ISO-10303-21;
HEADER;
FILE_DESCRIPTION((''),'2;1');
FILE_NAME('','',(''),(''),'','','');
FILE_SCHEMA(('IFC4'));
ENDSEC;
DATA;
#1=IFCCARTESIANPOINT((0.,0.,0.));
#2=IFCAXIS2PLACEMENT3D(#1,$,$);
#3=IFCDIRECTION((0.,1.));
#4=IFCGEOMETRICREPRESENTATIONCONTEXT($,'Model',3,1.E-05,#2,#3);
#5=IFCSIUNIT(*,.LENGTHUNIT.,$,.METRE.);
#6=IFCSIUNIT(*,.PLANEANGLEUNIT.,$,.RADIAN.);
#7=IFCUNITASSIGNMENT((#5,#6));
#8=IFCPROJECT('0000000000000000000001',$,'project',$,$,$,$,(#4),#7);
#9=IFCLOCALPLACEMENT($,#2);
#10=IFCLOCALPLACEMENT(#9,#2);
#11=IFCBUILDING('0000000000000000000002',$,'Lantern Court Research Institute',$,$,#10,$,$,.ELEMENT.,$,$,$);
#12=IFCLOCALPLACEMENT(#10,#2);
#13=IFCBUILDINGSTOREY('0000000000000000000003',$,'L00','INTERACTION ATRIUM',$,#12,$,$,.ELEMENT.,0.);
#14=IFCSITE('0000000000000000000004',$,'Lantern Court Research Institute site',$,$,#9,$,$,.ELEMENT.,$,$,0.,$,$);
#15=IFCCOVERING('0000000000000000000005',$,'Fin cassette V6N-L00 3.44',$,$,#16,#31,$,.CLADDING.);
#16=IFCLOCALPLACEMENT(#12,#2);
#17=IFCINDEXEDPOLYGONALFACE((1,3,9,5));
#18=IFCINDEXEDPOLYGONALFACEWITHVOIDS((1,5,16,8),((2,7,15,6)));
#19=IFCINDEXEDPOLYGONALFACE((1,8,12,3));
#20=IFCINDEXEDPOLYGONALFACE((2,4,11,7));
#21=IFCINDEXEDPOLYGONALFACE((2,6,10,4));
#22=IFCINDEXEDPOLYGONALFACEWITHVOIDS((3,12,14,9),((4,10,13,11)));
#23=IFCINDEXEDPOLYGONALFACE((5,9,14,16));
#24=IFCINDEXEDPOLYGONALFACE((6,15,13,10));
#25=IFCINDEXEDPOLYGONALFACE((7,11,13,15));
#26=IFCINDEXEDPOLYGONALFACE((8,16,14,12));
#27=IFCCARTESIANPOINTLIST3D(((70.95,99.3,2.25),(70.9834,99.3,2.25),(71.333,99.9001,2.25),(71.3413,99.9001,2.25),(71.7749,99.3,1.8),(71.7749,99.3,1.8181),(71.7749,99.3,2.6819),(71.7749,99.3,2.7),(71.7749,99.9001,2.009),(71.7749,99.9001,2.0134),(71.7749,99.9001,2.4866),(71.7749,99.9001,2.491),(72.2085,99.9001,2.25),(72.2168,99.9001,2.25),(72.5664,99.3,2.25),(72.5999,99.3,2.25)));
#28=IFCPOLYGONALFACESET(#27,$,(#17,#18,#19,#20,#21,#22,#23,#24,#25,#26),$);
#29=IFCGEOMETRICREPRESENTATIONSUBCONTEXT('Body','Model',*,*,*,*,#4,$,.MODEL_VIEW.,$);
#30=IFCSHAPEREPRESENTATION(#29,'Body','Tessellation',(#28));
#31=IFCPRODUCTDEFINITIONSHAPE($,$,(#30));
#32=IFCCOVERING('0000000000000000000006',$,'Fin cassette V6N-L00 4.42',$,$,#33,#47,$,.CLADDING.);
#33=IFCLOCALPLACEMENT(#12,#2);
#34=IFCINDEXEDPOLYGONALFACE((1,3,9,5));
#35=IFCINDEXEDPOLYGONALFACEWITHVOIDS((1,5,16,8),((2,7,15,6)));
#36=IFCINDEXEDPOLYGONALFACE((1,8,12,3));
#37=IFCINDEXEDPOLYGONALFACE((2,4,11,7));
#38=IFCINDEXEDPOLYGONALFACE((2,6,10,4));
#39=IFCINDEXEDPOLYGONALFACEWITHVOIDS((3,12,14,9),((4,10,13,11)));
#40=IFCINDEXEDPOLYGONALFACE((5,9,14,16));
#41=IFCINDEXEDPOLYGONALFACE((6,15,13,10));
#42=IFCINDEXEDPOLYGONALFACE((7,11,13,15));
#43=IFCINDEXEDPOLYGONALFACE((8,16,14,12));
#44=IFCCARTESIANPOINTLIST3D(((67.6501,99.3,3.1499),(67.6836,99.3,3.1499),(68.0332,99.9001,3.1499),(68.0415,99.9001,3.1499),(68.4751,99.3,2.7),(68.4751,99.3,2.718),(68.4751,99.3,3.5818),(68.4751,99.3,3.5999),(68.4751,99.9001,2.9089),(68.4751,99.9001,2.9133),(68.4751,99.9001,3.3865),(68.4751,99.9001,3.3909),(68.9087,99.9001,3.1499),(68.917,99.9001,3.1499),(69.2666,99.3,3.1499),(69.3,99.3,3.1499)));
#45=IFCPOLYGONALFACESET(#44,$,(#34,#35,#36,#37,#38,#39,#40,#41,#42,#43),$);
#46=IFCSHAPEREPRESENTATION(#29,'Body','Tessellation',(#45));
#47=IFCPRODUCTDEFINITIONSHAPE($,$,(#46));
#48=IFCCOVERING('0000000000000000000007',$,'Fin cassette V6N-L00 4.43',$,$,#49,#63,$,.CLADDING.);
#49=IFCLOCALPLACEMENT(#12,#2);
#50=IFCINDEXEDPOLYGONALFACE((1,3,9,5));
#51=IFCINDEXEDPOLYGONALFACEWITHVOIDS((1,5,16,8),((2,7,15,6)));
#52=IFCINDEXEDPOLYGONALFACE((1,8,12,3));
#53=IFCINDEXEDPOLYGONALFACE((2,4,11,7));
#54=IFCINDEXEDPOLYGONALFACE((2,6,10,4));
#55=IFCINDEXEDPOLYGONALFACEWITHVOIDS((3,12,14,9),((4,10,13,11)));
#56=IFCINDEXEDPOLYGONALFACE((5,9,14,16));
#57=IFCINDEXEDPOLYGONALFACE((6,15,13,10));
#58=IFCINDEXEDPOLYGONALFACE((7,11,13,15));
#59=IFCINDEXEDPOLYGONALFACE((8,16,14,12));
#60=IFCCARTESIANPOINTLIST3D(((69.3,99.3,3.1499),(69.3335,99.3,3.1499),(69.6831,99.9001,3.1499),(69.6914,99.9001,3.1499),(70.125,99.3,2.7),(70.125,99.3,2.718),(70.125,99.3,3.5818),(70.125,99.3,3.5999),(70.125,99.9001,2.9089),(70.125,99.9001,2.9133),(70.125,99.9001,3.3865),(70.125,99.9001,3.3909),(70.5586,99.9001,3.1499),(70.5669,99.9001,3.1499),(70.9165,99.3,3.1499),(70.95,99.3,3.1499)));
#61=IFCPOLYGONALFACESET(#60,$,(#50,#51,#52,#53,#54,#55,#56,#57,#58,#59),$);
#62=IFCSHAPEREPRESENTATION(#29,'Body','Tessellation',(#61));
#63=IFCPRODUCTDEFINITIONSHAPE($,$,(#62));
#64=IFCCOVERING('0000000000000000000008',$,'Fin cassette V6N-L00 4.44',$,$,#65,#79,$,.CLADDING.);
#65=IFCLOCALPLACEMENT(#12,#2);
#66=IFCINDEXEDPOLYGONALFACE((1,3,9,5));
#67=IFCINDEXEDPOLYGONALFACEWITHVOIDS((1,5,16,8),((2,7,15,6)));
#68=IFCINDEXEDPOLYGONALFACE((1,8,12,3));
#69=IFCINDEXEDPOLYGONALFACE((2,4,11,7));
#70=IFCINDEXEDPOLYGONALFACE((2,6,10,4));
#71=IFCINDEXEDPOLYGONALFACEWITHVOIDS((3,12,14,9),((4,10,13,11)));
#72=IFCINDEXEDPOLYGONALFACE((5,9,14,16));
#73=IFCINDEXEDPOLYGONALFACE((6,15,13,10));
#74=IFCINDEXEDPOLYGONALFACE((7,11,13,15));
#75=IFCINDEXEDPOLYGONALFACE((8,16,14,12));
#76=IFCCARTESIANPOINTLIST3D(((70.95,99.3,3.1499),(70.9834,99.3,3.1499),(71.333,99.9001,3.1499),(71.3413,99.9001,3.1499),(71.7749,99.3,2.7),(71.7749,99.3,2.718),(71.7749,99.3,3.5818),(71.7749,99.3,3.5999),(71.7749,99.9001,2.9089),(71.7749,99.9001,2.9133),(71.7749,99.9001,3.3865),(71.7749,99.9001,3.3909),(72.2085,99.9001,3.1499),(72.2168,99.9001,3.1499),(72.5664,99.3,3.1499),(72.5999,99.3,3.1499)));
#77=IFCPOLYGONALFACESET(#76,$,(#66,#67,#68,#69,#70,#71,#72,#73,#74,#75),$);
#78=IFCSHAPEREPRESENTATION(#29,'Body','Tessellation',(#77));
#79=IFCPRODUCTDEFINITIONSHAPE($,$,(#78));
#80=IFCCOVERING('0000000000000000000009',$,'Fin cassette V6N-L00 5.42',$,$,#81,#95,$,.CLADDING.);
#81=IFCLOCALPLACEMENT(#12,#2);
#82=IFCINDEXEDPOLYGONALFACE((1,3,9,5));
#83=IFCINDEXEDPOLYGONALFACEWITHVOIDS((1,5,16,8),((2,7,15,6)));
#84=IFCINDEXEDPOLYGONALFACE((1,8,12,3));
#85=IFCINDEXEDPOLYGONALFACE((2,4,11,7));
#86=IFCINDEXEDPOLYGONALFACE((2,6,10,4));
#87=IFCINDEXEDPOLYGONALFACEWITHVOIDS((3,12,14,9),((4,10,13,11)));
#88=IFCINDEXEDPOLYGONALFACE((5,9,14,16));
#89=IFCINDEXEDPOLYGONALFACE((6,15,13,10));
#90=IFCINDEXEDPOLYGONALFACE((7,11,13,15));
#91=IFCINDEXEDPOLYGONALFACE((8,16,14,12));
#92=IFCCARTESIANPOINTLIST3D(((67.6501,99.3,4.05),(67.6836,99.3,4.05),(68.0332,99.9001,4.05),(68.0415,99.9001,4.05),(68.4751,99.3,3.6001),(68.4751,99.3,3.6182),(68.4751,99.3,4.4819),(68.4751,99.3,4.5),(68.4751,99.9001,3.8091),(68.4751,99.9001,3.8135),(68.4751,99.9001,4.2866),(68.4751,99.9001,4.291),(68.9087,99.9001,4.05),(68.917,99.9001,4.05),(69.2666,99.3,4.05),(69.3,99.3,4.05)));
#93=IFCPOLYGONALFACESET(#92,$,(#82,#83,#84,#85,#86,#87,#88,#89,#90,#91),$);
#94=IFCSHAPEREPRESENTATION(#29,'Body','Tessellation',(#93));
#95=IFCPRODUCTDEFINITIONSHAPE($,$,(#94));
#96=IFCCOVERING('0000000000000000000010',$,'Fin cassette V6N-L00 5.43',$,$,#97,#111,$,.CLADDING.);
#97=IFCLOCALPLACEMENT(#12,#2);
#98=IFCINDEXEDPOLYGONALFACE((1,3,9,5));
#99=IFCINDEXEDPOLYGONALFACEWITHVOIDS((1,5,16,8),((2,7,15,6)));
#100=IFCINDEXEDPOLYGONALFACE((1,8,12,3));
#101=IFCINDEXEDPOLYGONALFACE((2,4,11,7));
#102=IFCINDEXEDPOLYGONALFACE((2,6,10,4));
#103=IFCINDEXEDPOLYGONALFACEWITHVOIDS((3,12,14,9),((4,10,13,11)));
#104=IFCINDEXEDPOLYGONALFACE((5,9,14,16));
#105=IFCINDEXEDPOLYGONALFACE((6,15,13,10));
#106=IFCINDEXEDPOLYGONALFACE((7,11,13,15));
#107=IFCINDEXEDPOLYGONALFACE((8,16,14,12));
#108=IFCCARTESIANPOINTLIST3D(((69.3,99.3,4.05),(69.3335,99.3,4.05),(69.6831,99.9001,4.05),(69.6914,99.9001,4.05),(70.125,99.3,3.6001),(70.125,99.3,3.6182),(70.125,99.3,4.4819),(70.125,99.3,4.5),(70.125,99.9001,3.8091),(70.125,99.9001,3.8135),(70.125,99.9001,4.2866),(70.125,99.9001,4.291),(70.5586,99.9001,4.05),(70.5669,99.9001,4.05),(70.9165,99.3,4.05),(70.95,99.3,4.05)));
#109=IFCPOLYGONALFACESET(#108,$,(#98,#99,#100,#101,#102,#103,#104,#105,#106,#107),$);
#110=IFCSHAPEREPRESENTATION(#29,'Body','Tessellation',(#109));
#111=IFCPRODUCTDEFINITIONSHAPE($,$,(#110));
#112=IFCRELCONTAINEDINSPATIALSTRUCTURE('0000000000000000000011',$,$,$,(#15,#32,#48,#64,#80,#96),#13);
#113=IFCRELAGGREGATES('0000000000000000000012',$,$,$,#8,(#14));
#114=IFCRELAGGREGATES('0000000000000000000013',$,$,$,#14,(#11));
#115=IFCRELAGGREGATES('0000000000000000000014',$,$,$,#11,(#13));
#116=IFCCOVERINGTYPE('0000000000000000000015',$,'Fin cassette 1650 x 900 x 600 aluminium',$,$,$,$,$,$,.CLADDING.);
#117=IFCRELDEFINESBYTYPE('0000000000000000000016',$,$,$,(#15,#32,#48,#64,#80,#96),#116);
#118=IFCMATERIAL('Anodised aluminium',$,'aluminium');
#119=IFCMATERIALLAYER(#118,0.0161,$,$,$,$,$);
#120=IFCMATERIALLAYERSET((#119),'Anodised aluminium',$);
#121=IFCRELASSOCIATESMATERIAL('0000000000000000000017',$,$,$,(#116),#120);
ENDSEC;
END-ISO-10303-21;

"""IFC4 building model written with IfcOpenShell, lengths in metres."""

from ifc_helpers import new_model, entity, si_unit, direction, frame, origin, place, context, subcontext, project, spatial, material, layer, layer_set, type_object, element, save


model = new_model("IFC4")

# Units and contexts
model_context = context("Model", 3, precision=1e-05, world=origin(), true_north=direction((0.0, 1.0)))
body_context = subcontext(model_context, "Body", "Model", "MODEL_VIEW")
ifc_project = project(units=[si_unit("LENGTHUNIT", "METRE"), si_unit("PLANEANGLEUNIT", "RADIAN")], contexts=[model_context])

# Site, building, storey
site_placement = place(None, origin())
site = spatial("IfcSite", under=ifc_project, at=site_placement, Name="Lantern Court Research Institute site", CompositionType="ELEMENT", RefElevation=0.0)
building_placement = place(site_placement, origin())
building = spatial("IfcBuilding", under=site, at=building_placement, Name="Lantern Court Research Institute", CompositionType="ELEMENT")
storey_placement = place(building_placement, origin())
storey = spatial("IfcBuildingStorey", under=building, at=storey_placement, Name="L00", Description="INTERACTION ATRIUM", CompositionType="ELEMENT", Elevation=0.0)

# Coverings
ifc_material = material(Name="Anodised aluminium", Category="aluminium")
ifc_layer = layer(ifc_material, 0.0161)
ifc_layer_set = layer_set([ifc_layer], Name="Anodised aluminium")
covering_type = type_object("IfcCoveringType", Name="Fin cassette 1650 x 900 x 600 aluminium", PredefinedType="CLADDING", material=ifc_layer_set)
covering_1_placement = place(storey_placement, frame((71.7749, 99.3, 2.25), z_axis=(0.0, 1.0, 0.0), x_axis=(-1.0, 0.0, 0.0)))
cartesian_point_1 = entity("IfcCartesianPoint", [0.825, 0.0])
cartesian_point_2 = entity("IfcCartesianPoint", [0.7915, 0.0])
cartesian_point_3 = entity("IfcCartesianPoint", [0.4419, 0.0])
cartesian_point_4 = entity("IfcCartesianPoint", [0.4336, 0.0])
element("IfcCovering", 1, at=covering_1_placement, inside=storey, type_object=covering_type, Name="Fin cassette V6N-L00 3.44", PredefinedType="CLADDING", context=body_context, shape_type="SweptSolid", body=[
    entity("IfcExtrudedAreaSolidTapered", entity("IfcArbitraryProfileDefWithVoids", "AREA", None, entity("IfcPolyline", [cartesian_point_1, entity("IfcCartesianPoint", [0.0, 0.45]), entity("IfcCartesianPoint", [-0.825, 0.0]), entity("IfcCartesianPoint", [0.0, -0.45]), cartesian_point_1]), [entity("IfcPolyline", [cartesian_point_2, entity("IfcCartesianPoint", [0.0, 0.4319]), entity("IfcCartesianPoint", [-0.7915, 0.0]), entity("IfcCartesianPoint", [0.0, -0.4319]), cartesian_point_2])]), entity("IfcAxis2Placement3D", entity("IfcCartesianPoint", [0.0, 0.0, 0.0])), entity("IfcDirection", [0.0, 0.0, 1.0]), 0.6001, entity("IfcArbitraryProfileDefWithVoids", "AREA", None, entity("IfcPolyline", [cartesian_point_3, entity("IfcCartesianPoint", [0.0, 0.241]), entity("IfcCartesianPoint", [-0.4419, 0.0]), entity("IfcCartesianPoint", [0.0, -0.241]), cartesian_point_3]), [entity("IfcPolyline", [cartesian_point_4, entity("IfcCartesianPoint", [0.0, 0.2366]), entity("IfcCartesianPoint", [-0.4336, 0.0]), entity("IfcCartesianPoint", [0.0, -0.2366]), cartesian_point_4])])),
])
covering_2_placement = place(storey_placement, frame((68.4751, 99.3, 3.1499), z_axis=(0.0, 1.0, 0.0), x_axis=(-1.0, 0.0, 0.0)))
cartesian_point_5 = entity("IfcCartesianPoint", [0.825, 0.0])
cartesian_point_6 = entity("IfcCartesianPoint", [0.7915, 0.0])
cartesian_point_7 = entity("IfcCartesianPoint", [0.4419, 0.0])
cartesian_point_8 = entity("IfcCartesianPoint", [0.4336, 0.0])
element("IfcCovering", 2, at=covering_2_placement, inside=storey, type_object=covering_type, Name="Fin cassette V6N-L00 4.42", PredefinedType="CLADDING", context=body_context, shape_type="SweptSolid", body=[
    entity("IfcExtrudedAreaSolidTapered", entity("IfcArbitraryProfileDefWithVoids", "AREA", None, entity("IfcPolyline", [cartesian_point_5, entity("IfcCartesianPoint", [0.0, 0.45]), entity("IfcCartesianPoint", [-0.825, 0.0]), entity("IfcCartesianPoint", [0.0, -0.45]), cartesian_point_5]), [entity("IfcPolyline", [cartesian_point_6, entity("IfcCartesianPoint", [0.0, 0.4319]), entity("IfcCartesianPoint", [-0.7915, 0.0]), entity("IfcCartesianPoint", [0.0, -0.4319]), cartesian_point_6])]), entity("IfcAxis2Placement3D", entity("IfcCartesianPoint", [0.0, 0.0, 0.0])), entity("IfcDirection", [0.0, 0.0, 1.0]), 0.6001, entity("IfcArbitraryProfileDefWithVoids", "AREA", None, entity("IfcPolyline", [cartesian_point_7, entity("IfcCartesianPoint", [0.0, 0.241]), entity("IfcCartesianPoint", [-0.4419, 0.0]), entity("IfcCartesianPoint", [0.0, -0.241]), cartesian_point_7]), [entity("IfcPolyline", [cartesian_point_8, entity("IfcCartesianPoint", [0.0, 0.2366]), entity("IfcCartesianPoint", [-0.4336, 0.0]), entity("IfcCartesianPoint", [0.0, -0.2366]), cartesian_point_8])])),
])
covering_3_placement = place(storey_placement, frame((70.125, 99.3, 3.1499), z_axis=(0.0, 1.0, 0.0), x_axis=(-1.0, 0.0, 0.0)))
cartesian_point_9 = entity("IfcCartesianPoint", [0.825, 0.0])
cartesian_point_10 = entity("IfcCartesianPoint", [0.7915, 0.0])
cartesian_point_11 = entity("IfcCartesianPoint", [0.4419, 0.0])
cartesian_point_12 = entity("IfcCartesianPoint", [0.4336, 0.0])
element("IfcCovering", 3, at=covering_3_placement, inside=storey, type_object=covering_type, Name="Fin cassette V6N-L00 4.43", PredefinedType="CLADDING", context=body_context, shape_type="SweptSolid", body=[
    entity("IfcExtrudedAreaSolidTapered", entity("IfcArbitraryProfileDefWithVoids", "AREA", None, entity("IfcPolyline", [cartesian_point_9, entity("IfcCartesianPoint", [0.0, 0.45]), entity("IfcCartesianPoint", [-0.825, 0.0]), entity("IfcCartesianPoint", [0.0, -0.45]), cartesian_point_9]), [entity("IfcPolyline", [cartesian_point_10, entity("IfcCartesianPoint", [0.0, 0.4319]), entity("IfcCartesianPoint", [-0.7915, 0.0]), entity("IfcCartesianPoint", [0.0, -0.4319]), cartesian_point_10])]), entity("IfcAxis2Placement3D", entity("IfcCartesianPoint", [0.0, 0.0, 0.0])), entity("IfcDirection", [0.0, 0.0, 1.0]), 0.6001, entity("IfcArbitraryProfileDefWithVoids", "AREA", None, entity("IfcPolyline", [cartesian_point_11, entity("IfcCartesianPoint", [0.0, 0.241]), entity("IfcCartesianPoint", [-0.4419, 0.0]), entity("IfcCartesianPoint", [0.0, -0.241]), cartesian_point_11]), [entity("IfcPolyline", [cartesian_point_12, entity("IfcCartesianPoint", [0.0, 0.2366]), entity("IfcCartesianPoint", [-0.4336, 0.0]), entity("IfcCartesianPoint", [0.0, -0.2366]), cartesian_point_12])])),
])
covering_4_placement = place(storey_placement, frame((71.7749, 99.3, 3.1499), z_axis=(0.0, 1.0, 0.0), x_axis=(-1.0, 0.0, 0.0)))
cartesian_point_13 = entity("IfcCartesianPoint", [0.825, 0.0])
cartesian_point_14 = entity("IfcCartesianPoint", [0.7915, 0.0])
cartesian_point_15 = entity("IfcCartesianPoint", [0.4419, 0.0])
cartesian_point_16 = entity("IfcCartesianPoint", [0.4336, 0.0])
element("IfcCovering", 4, at=covering_4_placement, inside=storey, type_object=covering_type, Name="Fin cassette V6N-L00 4.44", PredefinedType="CLADDING", context=body_context, shape_type="SweptSolid", body=[
    entity("IfcExtrudedAreaSolidTapered", entity("IfcArbitraryProfileDefWithVoids", "AREA", None, entity("IfcPolyline", [cartesian_point_13, entity("IfcCartesianPoint", [0.0, 0.45]), entity("IfcCartesianPoint", [-0.825, 0.0]), entity("IfcCartesianPoint", [0.0, -0.45]), cartesian_point_13]), [entity("IfcPolyline", [cartesian_point_14, entity("IfcCartesianPoint", [0.0, 0.4319]), entity("IfcCartesianPoint", [-0.7915, 0.0]), entity("IfcCartesianPoint", [0.0, -0.4319]), cartesian_point_14])]), entity("IfcAxis2Placement3D", entity("IfcCartesianPoint", [0.0, 0.0, 0.0])), entity("IfcDirection", [0.0, 0.0, 1.0]), 0.6001, entity("IfcArbitraryProfileDefWithVoids", "AREA", None, entity("IfcPolyline", [cartesian_point_15, entity("IfcCartesianPoint", [0.0, 0.241]), entity("IfcCartesianPoint", [-0.4419, 0.0]), entity("IfcCartesianPoint", [0.0, -0.241]), cartesian_point_15]), [entity("IfcPolyline", [cartesian_point_16, entity("IfcCartesianPoint", [0.0, 0.2366]), entity("IfcCartesianPoint", [-0.4336, 0.0]), entity("IfcCartesianPoint", [0.0, -0.2366]), cartesian_point_16])])),
])
covering_5_placement = place(storey_placement, frame((68.4751, 99.3, 4.05), z_axis=(0.0, 1.0, 0.0), x_axis=(-1.0, 0.0, 0.0)))
cartesian_point_17 = entity("IfcCartesianPoint", [0.825, 0.0])
cartesian_point_18 = entity("IfcCartesianPoint", [0.7915, 0.0])
cartesian_point_19 = entity("IfcCartesianPoint", [0.4419, 0.0])
cartesian_point_20 = entity("IfcCartesianPoint", [0.4336, 0.0])
element("IfcCovering", 5, at=covering_5_placement, inside=storey, type_object=covering_type, Name="Fin cassette V6N-L00 5.42", PredefinedType="CLADDING", context=body_context, shape_type="SweptSolid", body=[
    entity("IfcExtrudedAreaSolidTapered", entity("IfcArbitraryProfileDefWithVoids", "AREA", None, entity("IfcPolyline", [cartesian_point_17, entity("IfcCartesianPoint", [0.0, 0.45]), entity("IfcCartesianPoint", [-0.825, 0.0]), entity("IfcCartesianPoint", [0.0, -0.45]), cartesian_point_17]), [entity("IfcPolyline", [cartesian_point_18, entity("IfcCartesianPoint", [0.0, 0.4319]), entity("IfcCartesianPoint", [-0.7915, 0.0]), entity("IfcCartesianPoint", [0.0, -0.4319]), cartesian_point_18])]), entity("IfcAxis2Placement3D", entity("IfcCartesianPoint", [0.0, 0.0, 0.0])), entity("IfcDirection", [0.0, 0.0, 1.0]), 0.6001, entity("IfcArbitraryProfileDefWithVoids", "AREA", None, entity("IfcPolyline", [cartesian_point_19, entity("IfcCartesianPoint", [0.0, 0.241]), entity("IfcCartesianPoint", [-0.4419, 0.0]), entity("IfcCartesianPoint", [0.0, -0.241]), cartesian_point_19]), [entity("IfcPolyline", [cartesian_point_20, entity("IfcCartesianPoint", [0.0, 0.2366]), entity("IfcCartesianPoint", [-0.4336, 0.0]), entity("IfcCartesianPoint", [0.0, -0.2366]), cartesian_point_20])])),
])
covering_6_placement = place(storey_placement, frame((70.125, 99.3, 4.05), z_axis=(0.0, 1.0, 0.0), x_axis=(-1.0, 0.0, 0.0)))
cartesian_point_21 = entity("IfcCartesianPoint", [0.825, 0.0])
cartesian_point_22 = entity("IfcCartesianPoint", [0.7915, 0.0])
cartesian_point_23 = entity("IfcCartesianPoint", [0.4419, 0.0])
cartesian_point_24 = entity("IfcCartesianPoint", [0.4336, 0.0])
element("IfcCovering", 6, at=covering_6_placement, inside=storey, type_object=covering_type, Name="Fin cassette V6N-L00 5.43", PredefinedType="CLADDING", context=body_context, shape_type="SweptSolid", body=[
    entity("IfcExtrudedAreaSolidTapered", entity("IfcArbitraryProfileDefWithVoids", "AREA", None, entity("IfcPolyline", [cartesian_point_21, entity("IfcCartesianPoint", [0.0, 0.45]), entity("IfcCartesianPoint", [-0.825, 0.0]), entity("IfcCartesianPoint", [0.0, -0.45]), cartesian_point_21]), [entity("IfcPolyline", [cartesian_point_22, entity("IfcCartesianPoint", [0.0, 0.4319]), entity("IfcCartesianPoint", [-0.7915, 0.0]), entity("IfcCartesianPoint", [0.0, -0.4319]), cartesian_point_22])]), entity("IfcAxis2Placement3D", entity("IfcCartesianPoint", [0.0, 0.0, 0.0])), entity("IfcDirection", [0.0, 0.0, 1.0]), 0.6001, entity("IfcArbitraryProfileDefWithVoids", "AREA", None, entity("IfcPolyline", [cartesian_point_23, entity("IfcCartesianPoint", [0.0, 0.241]), entity("IfcCartesianPoint", [-0.4419, 0.0]), entity("IfcCartesianPoint", [0.0, -0.241]), cartesian_point_23]), [entity("IfcPolyline", [cartesian_point_24, entity("IfcCartesianPoint", [0.0, 0.2366]), entity("IfcCartesianPoint", [-0.4336, 0.0]), entity("IfcCartesianPoint", [0.0, -0.2366]), cartesian_point_24])])),
])

save(model, "model.ifc")
